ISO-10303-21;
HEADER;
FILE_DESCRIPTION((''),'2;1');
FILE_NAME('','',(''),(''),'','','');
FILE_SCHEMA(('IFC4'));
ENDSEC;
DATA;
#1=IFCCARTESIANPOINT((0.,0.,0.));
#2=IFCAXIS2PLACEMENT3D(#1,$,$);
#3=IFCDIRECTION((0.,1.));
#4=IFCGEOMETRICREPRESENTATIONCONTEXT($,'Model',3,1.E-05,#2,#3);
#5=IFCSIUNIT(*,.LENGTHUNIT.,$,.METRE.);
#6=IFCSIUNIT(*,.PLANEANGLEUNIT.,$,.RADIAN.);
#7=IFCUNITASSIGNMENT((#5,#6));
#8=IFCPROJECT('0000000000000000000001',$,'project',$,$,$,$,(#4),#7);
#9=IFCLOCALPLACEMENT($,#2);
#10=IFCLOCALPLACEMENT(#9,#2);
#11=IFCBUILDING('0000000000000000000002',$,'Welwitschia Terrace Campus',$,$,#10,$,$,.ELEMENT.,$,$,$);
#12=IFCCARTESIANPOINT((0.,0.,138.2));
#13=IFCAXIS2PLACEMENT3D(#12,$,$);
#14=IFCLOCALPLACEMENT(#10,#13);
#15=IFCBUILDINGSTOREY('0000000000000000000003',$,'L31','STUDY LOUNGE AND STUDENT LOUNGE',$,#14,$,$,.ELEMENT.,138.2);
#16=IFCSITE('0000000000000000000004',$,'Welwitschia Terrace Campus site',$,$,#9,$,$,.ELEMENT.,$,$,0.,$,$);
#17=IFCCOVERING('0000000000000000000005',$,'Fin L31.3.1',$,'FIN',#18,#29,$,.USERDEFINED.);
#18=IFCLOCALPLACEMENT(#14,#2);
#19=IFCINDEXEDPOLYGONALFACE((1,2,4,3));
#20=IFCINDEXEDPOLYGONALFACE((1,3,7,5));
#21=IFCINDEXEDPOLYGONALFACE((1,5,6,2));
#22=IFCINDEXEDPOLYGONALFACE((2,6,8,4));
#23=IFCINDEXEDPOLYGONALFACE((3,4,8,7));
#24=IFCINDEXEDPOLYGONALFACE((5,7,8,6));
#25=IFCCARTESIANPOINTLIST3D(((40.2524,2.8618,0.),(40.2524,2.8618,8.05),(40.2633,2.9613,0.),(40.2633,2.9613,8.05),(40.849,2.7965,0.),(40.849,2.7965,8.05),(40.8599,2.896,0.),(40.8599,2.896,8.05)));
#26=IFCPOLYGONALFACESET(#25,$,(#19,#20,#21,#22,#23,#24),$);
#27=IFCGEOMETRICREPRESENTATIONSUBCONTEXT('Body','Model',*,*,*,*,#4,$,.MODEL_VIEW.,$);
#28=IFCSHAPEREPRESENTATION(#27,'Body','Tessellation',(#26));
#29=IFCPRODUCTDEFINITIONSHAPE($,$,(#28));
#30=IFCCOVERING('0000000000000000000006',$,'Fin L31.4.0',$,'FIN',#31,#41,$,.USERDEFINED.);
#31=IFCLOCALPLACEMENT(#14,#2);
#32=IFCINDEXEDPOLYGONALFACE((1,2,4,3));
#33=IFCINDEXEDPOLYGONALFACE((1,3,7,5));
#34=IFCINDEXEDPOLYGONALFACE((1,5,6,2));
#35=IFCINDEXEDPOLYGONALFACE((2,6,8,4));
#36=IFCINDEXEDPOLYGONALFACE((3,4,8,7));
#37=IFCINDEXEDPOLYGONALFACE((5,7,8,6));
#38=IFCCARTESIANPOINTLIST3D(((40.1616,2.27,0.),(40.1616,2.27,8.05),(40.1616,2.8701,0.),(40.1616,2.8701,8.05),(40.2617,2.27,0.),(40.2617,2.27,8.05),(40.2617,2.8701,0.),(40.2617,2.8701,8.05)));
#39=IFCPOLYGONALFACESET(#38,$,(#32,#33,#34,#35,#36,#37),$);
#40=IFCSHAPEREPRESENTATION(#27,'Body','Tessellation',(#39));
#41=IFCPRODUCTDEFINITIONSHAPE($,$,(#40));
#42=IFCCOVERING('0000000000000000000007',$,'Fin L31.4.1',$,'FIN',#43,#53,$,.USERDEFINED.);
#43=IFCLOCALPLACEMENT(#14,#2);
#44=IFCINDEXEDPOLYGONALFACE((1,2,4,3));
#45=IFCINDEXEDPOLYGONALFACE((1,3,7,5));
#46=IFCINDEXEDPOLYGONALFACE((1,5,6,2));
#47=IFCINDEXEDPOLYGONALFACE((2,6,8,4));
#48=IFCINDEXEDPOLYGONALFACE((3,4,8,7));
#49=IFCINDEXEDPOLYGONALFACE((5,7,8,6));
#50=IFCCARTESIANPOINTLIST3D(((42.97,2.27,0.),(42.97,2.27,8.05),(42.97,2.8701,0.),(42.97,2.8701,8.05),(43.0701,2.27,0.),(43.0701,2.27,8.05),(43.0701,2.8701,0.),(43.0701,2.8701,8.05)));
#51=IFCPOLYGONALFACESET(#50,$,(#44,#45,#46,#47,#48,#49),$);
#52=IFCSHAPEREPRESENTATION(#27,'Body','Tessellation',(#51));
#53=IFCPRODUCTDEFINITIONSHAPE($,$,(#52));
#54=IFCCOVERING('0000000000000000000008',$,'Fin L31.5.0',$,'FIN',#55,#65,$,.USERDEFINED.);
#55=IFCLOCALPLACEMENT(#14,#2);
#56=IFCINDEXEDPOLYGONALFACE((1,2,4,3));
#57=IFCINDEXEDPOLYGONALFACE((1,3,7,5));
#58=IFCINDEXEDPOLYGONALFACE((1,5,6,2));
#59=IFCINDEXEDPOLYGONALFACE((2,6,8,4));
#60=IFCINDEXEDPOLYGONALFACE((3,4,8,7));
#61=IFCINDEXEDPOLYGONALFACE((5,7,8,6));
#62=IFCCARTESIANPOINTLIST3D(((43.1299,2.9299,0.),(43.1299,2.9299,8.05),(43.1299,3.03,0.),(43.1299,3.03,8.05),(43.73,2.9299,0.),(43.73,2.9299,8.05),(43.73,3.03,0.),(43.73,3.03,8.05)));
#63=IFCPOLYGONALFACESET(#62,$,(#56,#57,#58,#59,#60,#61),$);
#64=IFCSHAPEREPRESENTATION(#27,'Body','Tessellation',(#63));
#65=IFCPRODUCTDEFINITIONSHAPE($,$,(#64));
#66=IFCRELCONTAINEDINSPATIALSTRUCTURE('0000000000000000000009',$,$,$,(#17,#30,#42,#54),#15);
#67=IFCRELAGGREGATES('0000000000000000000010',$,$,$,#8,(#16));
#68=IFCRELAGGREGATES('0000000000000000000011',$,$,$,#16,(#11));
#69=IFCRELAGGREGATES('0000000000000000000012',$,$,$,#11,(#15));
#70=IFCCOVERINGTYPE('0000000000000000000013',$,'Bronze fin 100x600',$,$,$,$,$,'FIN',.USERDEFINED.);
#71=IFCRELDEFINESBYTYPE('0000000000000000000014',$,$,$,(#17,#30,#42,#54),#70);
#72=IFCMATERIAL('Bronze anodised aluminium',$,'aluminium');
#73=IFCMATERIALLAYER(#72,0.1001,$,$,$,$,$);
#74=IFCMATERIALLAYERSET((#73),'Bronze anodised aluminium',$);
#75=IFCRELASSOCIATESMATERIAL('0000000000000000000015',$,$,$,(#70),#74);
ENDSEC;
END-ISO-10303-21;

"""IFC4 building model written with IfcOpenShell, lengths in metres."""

from ifc_helpers import new_model, si_unit, direction, frame, origin, origin_2d, place, context, subcontext, project, spatial, rectangle, extrude, material, layer, layer_set, type_object, element, save


model = new_model("IFC4")

# Units and contexts
model_context = context("Model", 3, precision=1e-05, world=origin(), true_north=direction((0.0, 1.0)))
body_context = subcontext(model_context, "Body", "Model", "MODEL_VIEW")
ifc_project = project(units=[si_unit("LENGTHUNIT", "METRE"), si_unit("PLANEANGLEUNIT", "RADIAN")], contexts=[model_context])

# Site, building, storey
site_placement = place(None, origin())
site = spatial("IfcSite", under=ifc_project, at=site_placement, Name="Welwitschia Terrace Campus site", CompositionType="ELEMENT", RefElevation=0.0)
building_placement = place(site_placement, origin())
building = spatial("IfcBuilding", under=site, at=building_placement, Name="Welwitschia Terrace Campus", CompositionType="ELEMENT")
storey_placement = place(building_placement, frame((0.0, 0.0, 138.2)))
storey = spatial("IfcBuildingStorey", under=building, at=storey_placement, Name="L31", Description="STUDY LOUNGE AND STUDENT LOUNGE", CompositionType="ELEMENT", Elevation=138.2)

# Coverings
ifc_material_1 = material(Name="Bronze anodised aluminium", Category="aluminium")
ifc_layer_1 = layer(ifc_material_1, 0.1001)
ifc_layer_set_1 = layer_set([ifc_layer_1], Name="Bronze anodised aluminium")
covering_type = type_object("IfcCoveringType", Name="Bronze fin 100x600", ElementType="FIN", PredefinedType="USERDEFINED", material=ifc_layer_set_1)
for number, where, z_axis, x_axis, name in (
    (1, (40.5562, 2.8789, 0.0), (0.0, 0.0, 1.0), (0.108867, 0.994056, 0.0), "Fin L31.3.1"),
    (2, (40.2117, 2.5701, 0.0), (0.0, 0.0, 1.0), (1.0, 0.0, 0.0), "Fin L31.4.0"),
    (3, (43.02, 2.5701, 0.0), (0.0, 0.0, 1.0), (1.0, 0.0, 0.0), "Fin L31.4.1"),
    (4, (43.4299, 2.98, 0.0), (0.0, 0.0, 1.0), (0.0, 1.0, 0.0), "Fin L31.5.0"),
):
    element("IfcCovering", number, at=place(storey_placement, frame(where, z_axis=z_axis, x_axis=x_axis)), inside=storey, type_object=covering_type, Name=name, ObjectType="FIN", PredefinedType="USERDEFINED", context=body_context, shape_type="SweptSolid", body=[
        extrude(rectangle(XDim=0.1001, YDim=0.6001, at=origin_2d()), origin(), (0.0, 0.0, 1.0), 8.05),
    ])

save(model, "model.ifc")
